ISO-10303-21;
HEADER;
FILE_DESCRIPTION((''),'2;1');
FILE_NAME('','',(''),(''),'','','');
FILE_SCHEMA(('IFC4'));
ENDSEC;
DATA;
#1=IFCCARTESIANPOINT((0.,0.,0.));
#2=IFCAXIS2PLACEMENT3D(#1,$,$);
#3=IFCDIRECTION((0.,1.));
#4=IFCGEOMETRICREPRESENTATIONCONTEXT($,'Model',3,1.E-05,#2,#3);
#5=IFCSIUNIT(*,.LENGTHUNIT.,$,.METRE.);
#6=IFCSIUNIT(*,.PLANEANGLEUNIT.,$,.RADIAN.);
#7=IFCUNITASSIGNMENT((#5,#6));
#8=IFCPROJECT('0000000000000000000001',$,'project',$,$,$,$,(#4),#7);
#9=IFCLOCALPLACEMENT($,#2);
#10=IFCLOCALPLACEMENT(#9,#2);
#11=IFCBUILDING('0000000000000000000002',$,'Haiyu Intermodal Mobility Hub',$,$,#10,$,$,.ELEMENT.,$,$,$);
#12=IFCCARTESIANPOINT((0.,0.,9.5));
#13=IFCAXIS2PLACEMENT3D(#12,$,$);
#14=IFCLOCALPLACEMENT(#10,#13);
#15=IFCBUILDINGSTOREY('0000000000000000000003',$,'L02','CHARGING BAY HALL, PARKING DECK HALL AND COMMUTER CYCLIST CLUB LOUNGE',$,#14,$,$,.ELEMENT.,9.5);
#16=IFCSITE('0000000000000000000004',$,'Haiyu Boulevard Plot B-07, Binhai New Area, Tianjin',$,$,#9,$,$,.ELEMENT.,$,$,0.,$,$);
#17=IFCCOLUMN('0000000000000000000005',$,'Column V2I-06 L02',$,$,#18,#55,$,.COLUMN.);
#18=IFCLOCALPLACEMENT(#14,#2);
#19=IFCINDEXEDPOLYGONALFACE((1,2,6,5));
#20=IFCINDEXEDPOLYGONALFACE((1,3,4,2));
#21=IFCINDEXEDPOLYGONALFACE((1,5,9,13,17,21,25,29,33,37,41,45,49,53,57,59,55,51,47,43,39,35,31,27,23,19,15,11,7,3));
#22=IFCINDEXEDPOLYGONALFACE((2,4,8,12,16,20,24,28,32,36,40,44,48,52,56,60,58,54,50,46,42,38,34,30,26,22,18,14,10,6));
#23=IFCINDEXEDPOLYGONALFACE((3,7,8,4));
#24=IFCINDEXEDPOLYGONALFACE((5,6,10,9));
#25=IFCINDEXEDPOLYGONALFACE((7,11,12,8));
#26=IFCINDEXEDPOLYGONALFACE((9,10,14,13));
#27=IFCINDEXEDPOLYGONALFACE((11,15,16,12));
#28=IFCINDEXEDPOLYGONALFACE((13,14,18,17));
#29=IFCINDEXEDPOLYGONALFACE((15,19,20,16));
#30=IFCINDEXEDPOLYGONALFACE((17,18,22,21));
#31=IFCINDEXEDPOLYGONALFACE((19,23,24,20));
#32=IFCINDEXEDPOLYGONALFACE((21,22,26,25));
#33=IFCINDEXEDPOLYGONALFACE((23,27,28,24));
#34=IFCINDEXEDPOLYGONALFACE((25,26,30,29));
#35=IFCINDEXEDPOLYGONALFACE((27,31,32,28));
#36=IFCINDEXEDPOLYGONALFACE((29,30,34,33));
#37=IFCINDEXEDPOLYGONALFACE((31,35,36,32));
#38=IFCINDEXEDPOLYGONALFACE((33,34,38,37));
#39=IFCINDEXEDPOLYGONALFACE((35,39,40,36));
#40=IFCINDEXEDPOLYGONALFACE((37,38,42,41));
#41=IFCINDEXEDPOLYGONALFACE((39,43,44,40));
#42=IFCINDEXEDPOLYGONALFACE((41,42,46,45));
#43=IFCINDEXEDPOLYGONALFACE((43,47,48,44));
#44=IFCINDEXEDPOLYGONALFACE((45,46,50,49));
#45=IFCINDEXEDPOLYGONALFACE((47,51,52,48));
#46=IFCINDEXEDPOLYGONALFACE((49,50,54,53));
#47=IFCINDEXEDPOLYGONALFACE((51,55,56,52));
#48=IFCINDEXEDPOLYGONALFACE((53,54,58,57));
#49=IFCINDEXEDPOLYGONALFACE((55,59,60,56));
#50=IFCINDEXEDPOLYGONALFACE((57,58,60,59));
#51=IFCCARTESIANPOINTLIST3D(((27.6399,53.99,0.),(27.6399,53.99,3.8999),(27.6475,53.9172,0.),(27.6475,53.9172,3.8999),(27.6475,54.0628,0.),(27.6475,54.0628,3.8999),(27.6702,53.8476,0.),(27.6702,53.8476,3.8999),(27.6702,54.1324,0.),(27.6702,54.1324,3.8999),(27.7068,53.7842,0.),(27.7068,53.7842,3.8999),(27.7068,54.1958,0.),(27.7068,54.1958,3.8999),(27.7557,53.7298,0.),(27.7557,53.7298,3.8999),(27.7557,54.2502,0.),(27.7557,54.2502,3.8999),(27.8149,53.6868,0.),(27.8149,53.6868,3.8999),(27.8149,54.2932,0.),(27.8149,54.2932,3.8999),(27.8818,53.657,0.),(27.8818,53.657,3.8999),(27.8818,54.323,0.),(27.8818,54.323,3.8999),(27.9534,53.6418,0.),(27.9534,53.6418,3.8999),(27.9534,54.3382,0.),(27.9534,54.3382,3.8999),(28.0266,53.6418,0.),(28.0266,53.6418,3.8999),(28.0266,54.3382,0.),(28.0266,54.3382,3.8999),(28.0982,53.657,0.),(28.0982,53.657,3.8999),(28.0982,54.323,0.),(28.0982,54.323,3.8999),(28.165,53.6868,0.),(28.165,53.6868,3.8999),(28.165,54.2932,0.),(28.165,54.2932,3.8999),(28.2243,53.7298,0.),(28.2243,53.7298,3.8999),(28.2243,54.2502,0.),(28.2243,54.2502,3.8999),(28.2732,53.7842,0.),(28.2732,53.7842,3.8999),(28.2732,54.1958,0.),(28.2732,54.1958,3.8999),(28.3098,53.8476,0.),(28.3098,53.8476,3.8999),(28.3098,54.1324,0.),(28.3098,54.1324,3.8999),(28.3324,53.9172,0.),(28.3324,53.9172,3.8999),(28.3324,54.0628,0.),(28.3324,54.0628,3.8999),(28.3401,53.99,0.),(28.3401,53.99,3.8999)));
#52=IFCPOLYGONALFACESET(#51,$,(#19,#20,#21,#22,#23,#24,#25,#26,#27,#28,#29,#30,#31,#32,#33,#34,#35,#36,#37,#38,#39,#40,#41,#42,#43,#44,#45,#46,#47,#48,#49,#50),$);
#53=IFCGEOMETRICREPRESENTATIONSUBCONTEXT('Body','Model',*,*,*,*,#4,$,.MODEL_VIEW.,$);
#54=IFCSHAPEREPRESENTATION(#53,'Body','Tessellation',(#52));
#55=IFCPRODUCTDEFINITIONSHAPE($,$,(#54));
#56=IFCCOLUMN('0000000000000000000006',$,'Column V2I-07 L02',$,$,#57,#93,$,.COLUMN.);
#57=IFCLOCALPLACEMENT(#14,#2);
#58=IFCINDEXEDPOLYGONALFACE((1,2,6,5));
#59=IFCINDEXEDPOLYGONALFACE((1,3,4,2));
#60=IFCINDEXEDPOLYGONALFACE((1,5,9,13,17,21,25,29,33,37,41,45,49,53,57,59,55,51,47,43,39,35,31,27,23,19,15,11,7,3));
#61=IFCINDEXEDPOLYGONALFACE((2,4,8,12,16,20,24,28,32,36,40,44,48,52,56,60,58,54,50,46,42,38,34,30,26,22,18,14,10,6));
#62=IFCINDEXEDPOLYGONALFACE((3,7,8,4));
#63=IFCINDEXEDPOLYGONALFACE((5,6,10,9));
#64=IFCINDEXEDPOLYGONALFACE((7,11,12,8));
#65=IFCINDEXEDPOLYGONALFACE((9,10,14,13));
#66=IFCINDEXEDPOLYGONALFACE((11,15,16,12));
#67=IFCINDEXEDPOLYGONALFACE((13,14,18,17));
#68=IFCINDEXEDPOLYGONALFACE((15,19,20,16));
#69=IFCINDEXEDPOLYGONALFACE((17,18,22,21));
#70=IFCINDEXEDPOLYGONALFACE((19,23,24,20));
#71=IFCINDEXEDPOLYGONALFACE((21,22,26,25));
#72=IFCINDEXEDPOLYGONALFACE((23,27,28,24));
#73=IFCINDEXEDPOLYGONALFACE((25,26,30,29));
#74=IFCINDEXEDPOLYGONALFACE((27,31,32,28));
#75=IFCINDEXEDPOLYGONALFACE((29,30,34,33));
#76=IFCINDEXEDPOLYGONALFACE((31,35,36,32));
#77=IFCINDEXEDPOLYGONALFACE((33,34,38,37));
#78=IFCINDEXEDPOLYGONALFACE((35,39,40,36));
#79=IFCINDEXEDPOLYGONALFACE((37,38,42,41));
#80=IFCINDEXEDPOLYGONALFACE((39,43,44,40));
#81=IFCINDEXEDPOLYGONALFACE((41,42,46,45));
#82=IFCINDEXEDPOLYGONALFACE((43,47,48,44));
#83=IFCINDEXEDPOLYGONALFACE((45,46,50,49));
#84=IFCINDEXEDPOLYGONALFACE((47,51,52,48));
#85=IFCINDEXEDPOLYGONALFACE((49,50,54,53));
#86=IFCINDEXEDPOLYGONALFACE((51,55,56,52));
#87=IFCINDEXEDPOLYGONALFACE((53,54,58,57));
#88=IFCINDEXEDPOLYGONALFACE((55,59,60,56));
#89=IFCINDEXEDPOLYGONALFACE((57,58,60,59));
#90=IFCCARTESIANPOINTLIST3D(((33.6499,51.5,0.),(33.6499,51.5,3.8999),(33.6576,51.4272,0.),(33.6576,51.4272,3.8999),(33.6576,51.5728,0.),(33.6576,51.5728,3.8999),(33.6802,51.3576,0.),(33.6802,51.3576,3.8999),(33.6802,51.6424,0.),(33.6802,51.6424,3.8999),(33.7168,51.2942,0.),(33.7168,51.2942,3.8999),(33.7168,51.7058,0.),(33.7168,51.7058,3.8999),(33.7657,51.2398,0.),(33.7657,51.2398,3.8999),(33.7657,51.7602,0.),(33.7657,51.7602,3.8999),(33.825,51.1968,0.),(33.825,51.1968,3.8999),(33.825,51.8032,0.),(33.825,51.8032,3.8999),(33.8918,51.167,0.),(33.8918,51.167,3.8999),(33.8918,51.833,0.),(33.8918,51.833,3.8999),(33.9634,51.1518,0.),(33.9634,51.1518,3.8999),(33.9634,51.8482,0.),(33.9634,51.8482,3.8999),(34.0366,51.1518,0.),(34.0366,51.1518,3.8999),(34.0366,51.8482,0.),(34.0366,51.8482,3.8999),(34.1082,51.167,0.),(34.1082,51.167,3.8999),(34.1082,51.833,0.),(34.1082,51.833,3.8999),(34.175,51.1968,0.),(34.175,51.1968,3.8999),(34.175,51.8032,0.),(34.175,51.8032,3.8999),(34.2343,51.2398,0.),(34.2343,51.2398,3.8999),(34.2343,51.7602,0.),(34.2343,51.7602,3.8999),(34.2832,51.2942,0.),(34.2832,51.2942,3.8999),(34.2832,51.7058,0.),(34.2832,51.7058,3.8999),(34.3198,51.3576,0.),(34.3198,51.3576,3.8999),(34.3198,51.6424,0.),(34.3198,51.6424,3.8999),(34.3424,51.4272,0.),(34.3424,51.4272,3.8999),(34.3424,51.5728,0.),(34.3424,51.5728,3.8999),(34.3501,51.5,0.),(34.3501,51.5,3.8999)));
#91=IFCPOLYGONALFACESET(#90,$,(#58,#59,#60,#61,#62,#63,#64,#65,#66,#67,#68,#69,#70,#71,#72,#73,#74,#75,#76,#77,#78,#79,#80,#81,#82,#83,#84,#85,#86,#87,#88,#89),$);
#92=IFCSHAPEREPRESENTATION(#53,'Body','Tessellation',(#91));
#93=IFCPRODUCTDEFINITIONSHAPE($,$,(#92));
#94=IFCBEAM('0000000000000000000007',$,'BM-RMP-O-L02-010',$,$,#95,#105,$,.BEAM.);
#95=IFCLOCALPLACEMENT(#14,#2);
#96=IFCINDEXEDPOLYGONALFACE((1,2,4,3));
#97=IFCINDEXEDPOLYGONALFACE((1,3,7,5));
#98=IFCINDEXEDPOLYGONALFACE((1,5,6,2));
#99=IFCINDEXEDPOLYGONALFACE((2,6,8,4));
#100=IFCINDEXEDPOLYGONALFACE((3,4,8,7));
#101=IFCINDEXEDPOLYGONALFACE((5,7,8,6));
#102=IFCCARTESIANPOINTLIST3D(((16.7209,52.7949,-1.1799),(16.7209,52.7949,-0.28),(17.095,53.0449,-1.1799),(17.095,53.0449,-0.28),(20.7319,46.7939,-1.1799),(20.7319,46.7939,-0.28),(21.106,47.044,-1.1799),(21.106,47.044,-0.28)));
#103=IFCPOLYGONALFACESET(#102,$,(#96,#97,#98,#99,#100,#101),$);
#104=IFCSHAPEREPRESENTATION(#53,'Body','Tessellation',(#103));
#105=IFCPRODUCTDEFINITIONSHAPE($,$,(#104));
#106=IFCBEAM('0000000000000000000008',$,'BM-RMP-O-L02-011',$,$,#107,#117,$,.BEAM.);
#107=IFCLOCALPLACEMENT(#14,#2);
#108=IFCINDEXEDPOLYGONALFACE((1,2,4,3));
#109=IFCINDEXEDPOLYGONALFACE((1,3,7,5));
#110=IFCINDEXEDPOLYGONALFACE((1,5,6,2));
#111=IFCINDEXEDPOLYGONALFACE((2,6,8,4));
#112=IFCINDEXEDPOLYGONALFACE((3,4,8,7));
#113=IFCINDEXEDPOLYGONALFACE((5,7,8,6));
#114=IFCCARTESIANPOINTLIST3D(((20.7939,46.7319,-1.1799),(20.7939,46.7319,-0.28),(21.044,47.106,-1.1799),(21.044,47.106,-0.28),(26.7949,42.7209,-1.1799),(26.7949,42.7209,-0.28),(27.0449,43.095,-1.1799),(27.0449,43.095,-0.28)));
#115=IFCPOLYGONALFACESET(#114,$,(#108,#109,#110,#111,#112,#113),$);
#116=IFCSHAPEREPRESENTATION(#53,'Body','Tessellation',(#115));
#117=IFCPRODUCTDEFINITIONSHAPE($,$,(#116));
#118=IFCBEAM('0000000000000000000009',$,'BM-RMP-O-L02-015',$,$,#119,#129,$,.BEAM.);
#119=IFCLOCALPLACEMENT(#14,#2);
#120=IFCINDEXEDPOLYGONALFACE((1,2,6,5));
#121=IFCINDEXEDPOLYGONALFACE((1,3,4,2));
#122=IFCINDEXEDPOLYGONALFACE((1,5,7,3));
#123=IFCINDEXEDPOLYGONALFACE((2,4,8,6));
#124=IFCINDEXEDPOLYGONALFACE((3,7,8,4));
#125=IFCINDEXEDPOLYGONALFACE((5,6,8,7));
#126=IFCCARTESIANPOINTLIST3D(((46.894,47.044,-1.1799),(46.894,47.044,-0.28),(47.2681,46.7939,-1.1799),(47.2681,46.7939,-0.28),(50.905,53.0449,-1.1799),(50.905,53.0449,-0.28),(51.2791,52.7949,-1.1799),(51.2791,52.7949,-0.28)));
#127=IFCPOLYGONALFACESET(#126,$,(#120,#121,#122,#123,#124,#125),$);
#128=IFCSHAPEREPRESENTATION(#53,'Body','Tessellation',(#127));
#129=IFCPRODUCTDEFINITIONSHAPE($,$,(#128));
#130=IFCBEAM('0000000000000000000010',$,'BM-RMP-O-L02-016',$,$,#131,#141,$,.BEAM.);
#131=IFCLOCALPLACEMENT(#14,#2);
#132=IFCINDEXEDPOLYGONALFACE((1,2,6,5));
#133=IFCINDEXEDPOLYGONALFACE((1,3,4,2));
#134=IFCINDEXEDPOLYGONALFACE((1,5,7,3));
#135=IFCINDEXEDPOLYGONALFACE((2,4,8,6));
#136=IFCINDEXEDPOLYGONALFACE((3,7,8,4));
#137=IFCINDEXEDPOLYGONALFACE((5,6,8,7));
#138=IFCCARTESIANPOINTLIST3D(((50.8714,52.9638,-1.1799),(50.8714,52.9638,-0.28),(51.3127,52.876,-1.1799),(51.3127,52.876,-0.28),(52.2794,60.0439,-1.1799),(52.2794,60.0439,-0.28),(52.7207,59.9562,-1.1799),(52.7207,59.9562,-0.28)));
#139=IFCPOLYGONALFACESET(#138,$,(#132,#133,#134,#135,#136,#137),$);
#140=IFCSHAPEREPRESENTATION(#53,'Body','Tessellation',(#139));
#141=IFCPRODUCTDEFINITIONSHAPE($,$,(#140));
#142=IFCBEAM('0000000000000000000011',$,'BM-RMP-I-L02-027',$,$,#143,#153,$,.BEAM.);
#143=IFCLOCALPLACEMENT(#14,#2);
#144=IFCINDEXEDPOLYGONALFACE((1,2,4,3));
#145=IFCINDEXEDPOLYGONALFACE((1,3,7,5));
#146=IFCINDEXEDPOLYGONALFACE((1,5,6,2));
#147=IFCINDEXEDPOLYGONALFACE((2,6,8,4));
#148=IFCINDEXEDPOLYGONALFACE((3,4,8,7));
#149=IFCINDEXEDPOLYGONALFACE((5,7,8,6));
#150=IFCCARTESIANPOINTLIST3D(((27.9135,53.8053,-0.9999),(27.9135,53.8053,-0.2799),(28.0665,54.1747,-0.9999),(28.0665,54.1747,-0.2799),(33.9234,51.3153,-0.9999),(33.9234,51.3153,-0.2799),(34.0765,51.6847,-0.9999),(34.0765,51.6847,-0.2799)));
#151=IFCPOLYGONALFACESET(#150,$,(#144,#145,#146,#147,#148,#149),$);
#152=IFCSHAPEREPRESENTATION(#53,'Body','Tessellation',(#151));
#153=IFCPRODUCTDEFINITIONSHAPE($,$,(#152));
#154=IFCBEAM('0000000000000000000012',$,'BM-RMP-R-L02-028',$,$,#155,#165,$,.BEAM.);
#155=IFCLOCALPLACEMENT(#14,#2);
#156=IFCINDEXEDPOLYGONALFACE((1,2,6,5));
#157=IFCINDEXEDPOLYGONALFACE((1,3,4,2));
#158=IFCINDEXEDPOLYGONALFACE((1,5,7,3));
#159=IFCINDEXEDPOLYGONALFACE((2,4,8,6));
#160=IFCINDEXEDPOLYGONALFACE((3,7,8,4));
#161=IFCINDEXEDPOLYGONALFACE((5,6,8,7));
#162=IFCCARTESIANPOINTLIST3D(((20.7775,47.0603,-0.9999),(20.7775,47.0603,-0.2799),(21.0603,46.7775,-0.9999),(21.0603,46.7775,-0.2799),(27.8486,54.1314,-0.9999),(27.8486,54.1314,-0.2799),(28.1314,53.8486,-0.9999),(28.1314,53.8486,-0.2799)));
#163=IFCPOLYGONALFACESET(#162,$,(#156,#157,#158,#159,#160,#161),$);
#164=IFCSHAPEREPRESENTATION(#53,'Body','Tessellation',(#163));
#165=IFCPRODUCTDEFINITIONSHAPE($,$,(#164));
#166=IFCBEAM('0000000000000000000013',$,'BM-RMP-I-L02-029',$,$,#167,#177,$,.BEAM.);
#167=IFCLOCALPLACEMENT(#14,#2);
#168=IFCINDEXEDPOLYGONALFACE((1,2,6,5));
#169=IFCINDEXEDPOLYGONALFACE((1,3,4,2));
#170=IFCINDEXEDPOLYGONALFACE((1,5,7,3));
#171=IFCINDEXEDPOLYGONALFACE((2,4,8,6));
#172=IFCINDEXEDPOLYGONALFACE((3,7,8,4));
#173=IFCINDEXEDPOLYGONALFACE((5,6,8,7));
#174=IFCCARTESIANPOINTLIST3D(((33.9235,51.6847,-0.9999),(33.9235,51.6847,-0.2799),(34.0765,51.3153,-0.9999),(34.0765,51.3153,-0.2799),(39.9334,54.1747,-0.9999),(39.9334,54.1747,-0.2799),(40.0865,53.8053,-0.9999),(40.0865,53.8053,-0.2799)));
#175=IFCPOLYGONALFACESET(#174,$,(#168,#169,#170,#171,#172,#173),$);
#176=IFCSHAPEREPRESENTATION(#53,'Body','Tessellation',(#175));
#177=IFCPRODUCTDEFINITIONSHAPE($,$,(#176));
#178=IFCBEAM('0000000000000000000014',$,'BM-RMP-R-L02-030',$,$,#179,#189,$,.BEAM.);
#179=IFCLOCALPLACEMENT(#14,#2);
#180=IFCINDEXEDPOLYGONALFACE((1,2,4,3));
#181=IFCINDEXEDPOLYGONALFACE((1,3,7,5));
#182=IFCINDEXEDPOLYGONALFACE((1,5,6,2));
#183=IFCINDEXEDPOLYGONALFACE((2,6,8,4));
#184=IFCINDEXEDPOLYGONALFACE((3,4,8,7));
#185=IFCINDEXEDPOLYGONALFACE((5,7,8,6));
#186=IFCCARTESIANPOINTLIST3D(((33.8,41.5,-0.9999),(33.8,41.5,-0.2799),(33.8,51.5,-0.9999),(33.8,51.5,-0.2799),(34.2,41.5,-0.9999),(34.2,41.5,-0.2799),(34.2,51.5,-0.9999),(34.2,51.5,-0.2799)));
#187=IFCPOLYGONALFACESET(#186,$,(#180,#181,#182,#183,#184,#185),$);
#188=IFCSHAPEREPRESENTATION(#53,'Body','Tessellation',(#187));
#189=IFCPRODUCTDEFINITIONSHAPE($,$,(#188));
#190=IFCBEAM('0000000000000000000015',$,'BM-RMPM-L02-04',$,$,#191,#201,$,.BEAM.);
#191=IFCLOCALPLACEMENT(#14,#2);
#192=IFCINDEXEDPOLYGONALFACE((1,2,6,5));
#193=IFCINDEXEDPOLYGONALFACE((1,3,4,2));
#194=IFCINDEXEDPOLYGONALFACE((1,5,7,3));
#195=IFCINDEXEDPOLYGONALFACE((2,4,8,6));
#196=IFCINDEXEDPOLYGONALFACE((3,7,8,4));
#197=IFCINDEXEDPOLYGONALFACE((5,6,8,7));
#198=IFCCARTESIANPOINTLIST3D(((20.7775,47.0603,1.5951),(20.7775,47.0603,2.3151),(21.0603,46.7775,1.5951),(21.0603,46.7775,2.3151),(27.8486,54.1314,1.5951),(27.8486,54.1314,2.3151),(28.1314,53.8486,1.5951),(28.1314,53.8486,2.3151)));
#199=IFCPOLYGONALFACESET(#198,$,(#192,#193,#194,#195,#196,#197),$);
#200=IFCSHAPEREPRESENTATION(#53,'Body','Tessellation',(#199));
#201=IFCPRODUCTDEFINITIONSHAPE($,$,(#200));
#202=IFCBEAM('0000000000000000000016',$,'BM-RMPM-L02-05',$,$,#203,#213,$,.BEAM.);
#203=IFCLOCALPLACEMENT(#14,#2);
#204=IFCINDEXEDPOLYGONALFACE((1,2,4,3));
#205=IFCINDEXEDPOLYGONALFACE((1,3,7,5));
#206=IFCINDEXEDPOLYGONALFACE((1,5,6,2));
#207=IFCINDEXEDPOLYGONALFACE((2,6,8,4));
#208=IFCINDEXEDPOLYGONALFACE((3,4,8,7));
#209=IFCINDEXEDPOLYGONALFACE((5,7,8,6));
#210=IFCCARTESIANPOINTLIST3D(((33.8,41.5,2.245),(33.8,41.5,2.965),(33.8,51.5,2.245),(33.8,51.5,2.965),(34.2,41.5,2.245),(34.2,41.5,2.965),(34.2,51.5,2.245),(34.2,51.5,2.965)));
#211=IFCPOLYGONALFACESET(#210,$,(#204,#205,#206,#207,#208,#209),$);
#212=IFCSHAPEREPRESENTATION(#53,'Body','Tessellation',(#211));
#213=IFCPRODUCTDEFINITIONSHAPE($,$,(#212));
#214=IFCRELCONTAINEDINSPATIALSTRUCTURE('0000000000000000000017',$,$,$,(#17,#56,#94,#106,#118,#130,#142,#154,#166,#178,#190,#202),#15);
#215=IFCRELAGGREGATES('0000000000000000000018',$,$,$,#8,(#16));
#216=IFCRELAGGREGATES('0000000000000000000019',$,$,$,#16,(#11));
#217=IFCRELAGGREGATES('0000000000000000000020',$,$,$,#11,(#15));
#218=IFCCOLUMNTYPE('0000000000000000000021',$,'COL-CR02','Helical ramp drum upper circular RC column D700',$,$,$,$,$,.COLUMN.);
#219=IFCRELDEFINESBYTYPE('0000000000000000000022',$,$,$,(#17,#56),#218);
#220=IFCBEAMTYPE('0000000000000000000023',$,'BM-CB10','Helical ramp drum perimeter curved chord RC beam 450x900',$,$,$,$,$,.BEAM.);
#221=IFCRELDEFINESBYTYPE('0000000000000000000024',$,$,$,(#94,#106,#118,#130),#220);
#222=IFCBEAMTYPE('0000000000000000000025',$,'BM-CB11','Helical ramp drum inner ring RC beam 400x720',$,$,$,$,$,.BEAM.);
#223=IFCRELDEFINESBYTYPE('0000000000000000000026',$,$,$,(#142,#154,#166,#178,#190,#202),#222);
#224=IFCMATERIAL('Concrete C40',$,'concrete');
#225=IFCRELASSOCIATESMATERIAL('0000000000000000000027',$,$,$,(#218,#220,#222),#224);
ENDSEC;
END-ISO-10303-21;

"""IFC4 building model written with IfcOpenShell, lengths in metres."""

from ifc_helpers import new_model, si_unit, direction, frame, origin, origin_2d, place, context, subcontext, project, spatial, rectangle, circle, extrude, material, material_profile, profile_set, type_object, element, save


model = new_model("IFC4")

# Units and contexts
model_context = context("Model", 3, precision=1e-05, world=origin(), true_north=direction((0.0, 1.0)))
body_context = subcontext(model_context, "Body", "Model", "MODEL_VIEW")
ifc_project = project(units=[si_unit("LENGTHUNIT", "METRE"), si_unit("PLANEANGLEUNIT", "RADIAN")], contexts=[model_context])

# Site, building, storey
site_placement = place(None, origin())
site = spatial("IfcSite", under=ifc_project, at=site_placement, Name="Haiyu Boulevard Plot B-07, Binhai New Area, Tianjin", CompositionType="ELEMENT", RefElevation=0.0)
building_placement = place(site_placement, origin())
building = spatial("IfcBuilding", under=site, at=building_placement, Name="Haiyu Intermodal Mobility Hub", CompositionType="ELEMENT")
storey_placement = place(building_placement, frame((0.0, 0.0, 9.5)))
storey = spatial("IfcBuildingStorey", under=building, at=storey_placement, Name="L02", Description="CHARGING BAY HALL, PARKING DECK HALL AND COMMUTER CYCLIST CLUB LOUNGE", CompositionType="ELEMENT", Elevation=9.5)

# Columns
ifc_material_1 = material(Name="Concrete C40", Category="concrete")
ifc_material_profile_1 = material_profile(ifc_material_1, circle(Radius=0.3501, at=origin_2d()), Name="RCCOL-D700")
ifc_profile_set_1 = profile_set([ifc_material_profile_1], Name="Concrete C40")
column_type_1 = type_object("IfcColumnType", Name="COL-CR02", Description="Helical ramp drum upper circular RC column D700", PredefinedType="COLUMN", material=ifc_profile_set_1)
for number, where, z_axis, x_axis, name in (
    (1, (27.99, 53.99, 0.0), (0.0, 0.0, 1.0), (1.0, 0.0, 0.0), "Column V2I-06 L02"),
    (2, (34.0, 51.5, 0.0), (0.0, 0.0, 1.0), (1.0, 0.0, 0.0), "Column V2I-07 L02"),
):
    element("IfcColumn", number, at=place(storey_placement, frame(where, z_axis=z_axis, x_axis=x_axis)), inside=storey, type_object=column_type_1, Name=name, PredefinedType="COLUMN", context=body_context, shape_type="SweptSolid", body=[
        extrude(circle(Radius=0.3501, at=origin_2d()), origin(), (0.0, 0.0, 1.0), 3.8999),
    ])

# Beams
ifc_material_profile_2 = material_profile(ifc_material_1, rectangle(XDim=0.45, YDim=0.8999, at=origin_2d()), Name="RCB450x900")
ifc_profile_set_2 = profile_set([ifc_material_profile_2], Name="Concrete C40")
beam_type_1 = type_object("IfcBeamType", Name="BM-CB10", Description="Helical ramp drum perimeter curved chord RC beam 450x900", PredefinedType="BEAM", material=ifc_profile_set_2)
for number, where, z_axis, x_axis, name in (
    (3, (16.908, 52.9199, -0.73), (0.555691, -0.831389, 0.0), (0.831389, 0.555691, 0.0), "BM-RMP-O-L02-010"),
    (4, (20.9189, 46.9189, -0.73), (0.831389, -0.555691, 0.0), (0.555691, 0.831389, 0.0), "BM-RMP-O-L02-011"),
    (5, (47.0811, 46.9189, -0.73), (0.555691, 0.831389, 0.0), (-0.831389, 0.555691, 0.0), "BM-RMP-O-L02-015"),
):
    element("IfcBeam", number, at=place(storey_placement, frame(where, z_axis=z_axis, x_axis=x_axis)), inside=storey, type_object=beam_type_1, Name=name, PredefinedType="BEAM", context=body_context, shape_type="SweptSolid", body=[
        extrude(rectangle(XDim=0.45, YDim=0.8999, at=origin_2d()), origin(), (0.0, 0.0, 1.0), 7.218),
    ])
beam_1_placement = place(storey_placement, frame((51.092, 52.9199, -0.73), z_axis=(0.195043, 0.980795, 0.0), x_axis=(-0.980795, 0.195043, 0.0)))
element("IfcBeam", 6, at=beam_1_placement, inside=storey, type_object=beam_type_1, Name="BM-RMP-O-L02-016", PredefinedType="BEAM", context=body_context, shape_type="SweptSolid", body=[
    extrude(rectangle(XDim=0.45, YDim=0.8999, at=origin_2d()), origin(), (0.0, 0.0, 1.0), 7.2188),
])
ifc_material_profile_3 = material_profile(ifc_material_1, rectangle(XDim=0.3999, YDim=0.72, at=origin_2d()), Name="RCB400x720")
ifc_profile_set_3 = profile_set([ifc_material_profile_3], Name="Concrete C40")
beam_type_2 = type_object("IfcBeamType", Name="BM-CB11", Description="Helical ramp drum inner ring RC beam 400x720", PredefinedType="BEAM", material=ifc_profile_set_3)
beam_2_placement = place(storey_placement, frame((27.99, 53.99, -0.6399), z_axis=(0.923849, -0.382757, 0.0), x_axis=(0.382757, 0.923849, 0.0)))
element("IfcBeam", 7, at=beam_2_placement, inside=storey, type_object=beam_type_2, Name="BM-RMP-I-L02-027", PredefinedType="BEAM", context=body_context, shape_type="SweptSolid", body=[
    extrude(rectangle(XDim=0.3999, YDim=0.72, at=origin_2d()), origin(), (0.0, 0.0, 1.0), 6.5054),
])
beam_3_placement = place(storey_placement, frame((27.99, 53.99, -0.6399), z_axis=(-0.707107, -0.707107, 0.0), x_axis=(0.707107, -0.707107, 0.0)))
element("IfcBeam", 8, at=beam_3_placement, inside=storey, type_object=beam_type_2, Name="BM-RMP-R-L02-028", PredefinedType="BEAM", context=body_context, shape_type="SweptSolid", body=[
    extrude(rectangle(XDim=0.3999, YDim=0.72, at=origin_2d()), origin(), (0.0, 0.0, 1.0), 10.0),
])
beam_4_placement = place(storey_placement, frame((34.0, 51.5, -0.6399), z_axis=(0.923849, 0.382757, 0.0), x_axis=(-0.382757, 0.923849, 0.0)))
element("IfcBeam", 9, at=beam_4_placement, inside=storey, type_object=beam_type_2, Name="BM-RMP-I-L02-029", PredefinedType="BEAM", context=body_context, shape_type="SweptSolid", body=[
    extrude(rectangle(XDim=0.3999, YDim=0.72, at=origin_2d()), origin(), (0.0, 0.0, 1.0), 6.5054),
])
for number, where, z_axis, x_axis, name in (
    (10, (34.0, 51.5, -0.6399), (0.0, -1.0, 0.0), (1.0, 0.0, 0.0), "BM-RMP-R-L02-030"),
    (11, (27.99, 53.99, 1.9551), (-0.707107, -0.707107, 0.0), (0.707107, -0.707107, 0.0), "BM-RMPM-L02-04"),
    (12, (34.0, 51.5, 2.605), (0.0, -1.0, 0.0), (1.0, 0.0, 0.0), "BM-RMPM-L02-05"),
):
    element("IfcBeam", number, at=place(storey_placement, frame(where, z_axis=z_axis, x_axis=x_axis)), inside=storey, type_object=beam_type_2, Name=name, PredefinedType="BEAM", context=body_context, shape_type="SweptSolid", body=[
        extrude(rectangle(XDim=0.3999, YDim=0.72, at=origin_2d()), origin(), (0.0, 0.0, 1.0), 10.0),
    ])

save(model, "model.ifc")
